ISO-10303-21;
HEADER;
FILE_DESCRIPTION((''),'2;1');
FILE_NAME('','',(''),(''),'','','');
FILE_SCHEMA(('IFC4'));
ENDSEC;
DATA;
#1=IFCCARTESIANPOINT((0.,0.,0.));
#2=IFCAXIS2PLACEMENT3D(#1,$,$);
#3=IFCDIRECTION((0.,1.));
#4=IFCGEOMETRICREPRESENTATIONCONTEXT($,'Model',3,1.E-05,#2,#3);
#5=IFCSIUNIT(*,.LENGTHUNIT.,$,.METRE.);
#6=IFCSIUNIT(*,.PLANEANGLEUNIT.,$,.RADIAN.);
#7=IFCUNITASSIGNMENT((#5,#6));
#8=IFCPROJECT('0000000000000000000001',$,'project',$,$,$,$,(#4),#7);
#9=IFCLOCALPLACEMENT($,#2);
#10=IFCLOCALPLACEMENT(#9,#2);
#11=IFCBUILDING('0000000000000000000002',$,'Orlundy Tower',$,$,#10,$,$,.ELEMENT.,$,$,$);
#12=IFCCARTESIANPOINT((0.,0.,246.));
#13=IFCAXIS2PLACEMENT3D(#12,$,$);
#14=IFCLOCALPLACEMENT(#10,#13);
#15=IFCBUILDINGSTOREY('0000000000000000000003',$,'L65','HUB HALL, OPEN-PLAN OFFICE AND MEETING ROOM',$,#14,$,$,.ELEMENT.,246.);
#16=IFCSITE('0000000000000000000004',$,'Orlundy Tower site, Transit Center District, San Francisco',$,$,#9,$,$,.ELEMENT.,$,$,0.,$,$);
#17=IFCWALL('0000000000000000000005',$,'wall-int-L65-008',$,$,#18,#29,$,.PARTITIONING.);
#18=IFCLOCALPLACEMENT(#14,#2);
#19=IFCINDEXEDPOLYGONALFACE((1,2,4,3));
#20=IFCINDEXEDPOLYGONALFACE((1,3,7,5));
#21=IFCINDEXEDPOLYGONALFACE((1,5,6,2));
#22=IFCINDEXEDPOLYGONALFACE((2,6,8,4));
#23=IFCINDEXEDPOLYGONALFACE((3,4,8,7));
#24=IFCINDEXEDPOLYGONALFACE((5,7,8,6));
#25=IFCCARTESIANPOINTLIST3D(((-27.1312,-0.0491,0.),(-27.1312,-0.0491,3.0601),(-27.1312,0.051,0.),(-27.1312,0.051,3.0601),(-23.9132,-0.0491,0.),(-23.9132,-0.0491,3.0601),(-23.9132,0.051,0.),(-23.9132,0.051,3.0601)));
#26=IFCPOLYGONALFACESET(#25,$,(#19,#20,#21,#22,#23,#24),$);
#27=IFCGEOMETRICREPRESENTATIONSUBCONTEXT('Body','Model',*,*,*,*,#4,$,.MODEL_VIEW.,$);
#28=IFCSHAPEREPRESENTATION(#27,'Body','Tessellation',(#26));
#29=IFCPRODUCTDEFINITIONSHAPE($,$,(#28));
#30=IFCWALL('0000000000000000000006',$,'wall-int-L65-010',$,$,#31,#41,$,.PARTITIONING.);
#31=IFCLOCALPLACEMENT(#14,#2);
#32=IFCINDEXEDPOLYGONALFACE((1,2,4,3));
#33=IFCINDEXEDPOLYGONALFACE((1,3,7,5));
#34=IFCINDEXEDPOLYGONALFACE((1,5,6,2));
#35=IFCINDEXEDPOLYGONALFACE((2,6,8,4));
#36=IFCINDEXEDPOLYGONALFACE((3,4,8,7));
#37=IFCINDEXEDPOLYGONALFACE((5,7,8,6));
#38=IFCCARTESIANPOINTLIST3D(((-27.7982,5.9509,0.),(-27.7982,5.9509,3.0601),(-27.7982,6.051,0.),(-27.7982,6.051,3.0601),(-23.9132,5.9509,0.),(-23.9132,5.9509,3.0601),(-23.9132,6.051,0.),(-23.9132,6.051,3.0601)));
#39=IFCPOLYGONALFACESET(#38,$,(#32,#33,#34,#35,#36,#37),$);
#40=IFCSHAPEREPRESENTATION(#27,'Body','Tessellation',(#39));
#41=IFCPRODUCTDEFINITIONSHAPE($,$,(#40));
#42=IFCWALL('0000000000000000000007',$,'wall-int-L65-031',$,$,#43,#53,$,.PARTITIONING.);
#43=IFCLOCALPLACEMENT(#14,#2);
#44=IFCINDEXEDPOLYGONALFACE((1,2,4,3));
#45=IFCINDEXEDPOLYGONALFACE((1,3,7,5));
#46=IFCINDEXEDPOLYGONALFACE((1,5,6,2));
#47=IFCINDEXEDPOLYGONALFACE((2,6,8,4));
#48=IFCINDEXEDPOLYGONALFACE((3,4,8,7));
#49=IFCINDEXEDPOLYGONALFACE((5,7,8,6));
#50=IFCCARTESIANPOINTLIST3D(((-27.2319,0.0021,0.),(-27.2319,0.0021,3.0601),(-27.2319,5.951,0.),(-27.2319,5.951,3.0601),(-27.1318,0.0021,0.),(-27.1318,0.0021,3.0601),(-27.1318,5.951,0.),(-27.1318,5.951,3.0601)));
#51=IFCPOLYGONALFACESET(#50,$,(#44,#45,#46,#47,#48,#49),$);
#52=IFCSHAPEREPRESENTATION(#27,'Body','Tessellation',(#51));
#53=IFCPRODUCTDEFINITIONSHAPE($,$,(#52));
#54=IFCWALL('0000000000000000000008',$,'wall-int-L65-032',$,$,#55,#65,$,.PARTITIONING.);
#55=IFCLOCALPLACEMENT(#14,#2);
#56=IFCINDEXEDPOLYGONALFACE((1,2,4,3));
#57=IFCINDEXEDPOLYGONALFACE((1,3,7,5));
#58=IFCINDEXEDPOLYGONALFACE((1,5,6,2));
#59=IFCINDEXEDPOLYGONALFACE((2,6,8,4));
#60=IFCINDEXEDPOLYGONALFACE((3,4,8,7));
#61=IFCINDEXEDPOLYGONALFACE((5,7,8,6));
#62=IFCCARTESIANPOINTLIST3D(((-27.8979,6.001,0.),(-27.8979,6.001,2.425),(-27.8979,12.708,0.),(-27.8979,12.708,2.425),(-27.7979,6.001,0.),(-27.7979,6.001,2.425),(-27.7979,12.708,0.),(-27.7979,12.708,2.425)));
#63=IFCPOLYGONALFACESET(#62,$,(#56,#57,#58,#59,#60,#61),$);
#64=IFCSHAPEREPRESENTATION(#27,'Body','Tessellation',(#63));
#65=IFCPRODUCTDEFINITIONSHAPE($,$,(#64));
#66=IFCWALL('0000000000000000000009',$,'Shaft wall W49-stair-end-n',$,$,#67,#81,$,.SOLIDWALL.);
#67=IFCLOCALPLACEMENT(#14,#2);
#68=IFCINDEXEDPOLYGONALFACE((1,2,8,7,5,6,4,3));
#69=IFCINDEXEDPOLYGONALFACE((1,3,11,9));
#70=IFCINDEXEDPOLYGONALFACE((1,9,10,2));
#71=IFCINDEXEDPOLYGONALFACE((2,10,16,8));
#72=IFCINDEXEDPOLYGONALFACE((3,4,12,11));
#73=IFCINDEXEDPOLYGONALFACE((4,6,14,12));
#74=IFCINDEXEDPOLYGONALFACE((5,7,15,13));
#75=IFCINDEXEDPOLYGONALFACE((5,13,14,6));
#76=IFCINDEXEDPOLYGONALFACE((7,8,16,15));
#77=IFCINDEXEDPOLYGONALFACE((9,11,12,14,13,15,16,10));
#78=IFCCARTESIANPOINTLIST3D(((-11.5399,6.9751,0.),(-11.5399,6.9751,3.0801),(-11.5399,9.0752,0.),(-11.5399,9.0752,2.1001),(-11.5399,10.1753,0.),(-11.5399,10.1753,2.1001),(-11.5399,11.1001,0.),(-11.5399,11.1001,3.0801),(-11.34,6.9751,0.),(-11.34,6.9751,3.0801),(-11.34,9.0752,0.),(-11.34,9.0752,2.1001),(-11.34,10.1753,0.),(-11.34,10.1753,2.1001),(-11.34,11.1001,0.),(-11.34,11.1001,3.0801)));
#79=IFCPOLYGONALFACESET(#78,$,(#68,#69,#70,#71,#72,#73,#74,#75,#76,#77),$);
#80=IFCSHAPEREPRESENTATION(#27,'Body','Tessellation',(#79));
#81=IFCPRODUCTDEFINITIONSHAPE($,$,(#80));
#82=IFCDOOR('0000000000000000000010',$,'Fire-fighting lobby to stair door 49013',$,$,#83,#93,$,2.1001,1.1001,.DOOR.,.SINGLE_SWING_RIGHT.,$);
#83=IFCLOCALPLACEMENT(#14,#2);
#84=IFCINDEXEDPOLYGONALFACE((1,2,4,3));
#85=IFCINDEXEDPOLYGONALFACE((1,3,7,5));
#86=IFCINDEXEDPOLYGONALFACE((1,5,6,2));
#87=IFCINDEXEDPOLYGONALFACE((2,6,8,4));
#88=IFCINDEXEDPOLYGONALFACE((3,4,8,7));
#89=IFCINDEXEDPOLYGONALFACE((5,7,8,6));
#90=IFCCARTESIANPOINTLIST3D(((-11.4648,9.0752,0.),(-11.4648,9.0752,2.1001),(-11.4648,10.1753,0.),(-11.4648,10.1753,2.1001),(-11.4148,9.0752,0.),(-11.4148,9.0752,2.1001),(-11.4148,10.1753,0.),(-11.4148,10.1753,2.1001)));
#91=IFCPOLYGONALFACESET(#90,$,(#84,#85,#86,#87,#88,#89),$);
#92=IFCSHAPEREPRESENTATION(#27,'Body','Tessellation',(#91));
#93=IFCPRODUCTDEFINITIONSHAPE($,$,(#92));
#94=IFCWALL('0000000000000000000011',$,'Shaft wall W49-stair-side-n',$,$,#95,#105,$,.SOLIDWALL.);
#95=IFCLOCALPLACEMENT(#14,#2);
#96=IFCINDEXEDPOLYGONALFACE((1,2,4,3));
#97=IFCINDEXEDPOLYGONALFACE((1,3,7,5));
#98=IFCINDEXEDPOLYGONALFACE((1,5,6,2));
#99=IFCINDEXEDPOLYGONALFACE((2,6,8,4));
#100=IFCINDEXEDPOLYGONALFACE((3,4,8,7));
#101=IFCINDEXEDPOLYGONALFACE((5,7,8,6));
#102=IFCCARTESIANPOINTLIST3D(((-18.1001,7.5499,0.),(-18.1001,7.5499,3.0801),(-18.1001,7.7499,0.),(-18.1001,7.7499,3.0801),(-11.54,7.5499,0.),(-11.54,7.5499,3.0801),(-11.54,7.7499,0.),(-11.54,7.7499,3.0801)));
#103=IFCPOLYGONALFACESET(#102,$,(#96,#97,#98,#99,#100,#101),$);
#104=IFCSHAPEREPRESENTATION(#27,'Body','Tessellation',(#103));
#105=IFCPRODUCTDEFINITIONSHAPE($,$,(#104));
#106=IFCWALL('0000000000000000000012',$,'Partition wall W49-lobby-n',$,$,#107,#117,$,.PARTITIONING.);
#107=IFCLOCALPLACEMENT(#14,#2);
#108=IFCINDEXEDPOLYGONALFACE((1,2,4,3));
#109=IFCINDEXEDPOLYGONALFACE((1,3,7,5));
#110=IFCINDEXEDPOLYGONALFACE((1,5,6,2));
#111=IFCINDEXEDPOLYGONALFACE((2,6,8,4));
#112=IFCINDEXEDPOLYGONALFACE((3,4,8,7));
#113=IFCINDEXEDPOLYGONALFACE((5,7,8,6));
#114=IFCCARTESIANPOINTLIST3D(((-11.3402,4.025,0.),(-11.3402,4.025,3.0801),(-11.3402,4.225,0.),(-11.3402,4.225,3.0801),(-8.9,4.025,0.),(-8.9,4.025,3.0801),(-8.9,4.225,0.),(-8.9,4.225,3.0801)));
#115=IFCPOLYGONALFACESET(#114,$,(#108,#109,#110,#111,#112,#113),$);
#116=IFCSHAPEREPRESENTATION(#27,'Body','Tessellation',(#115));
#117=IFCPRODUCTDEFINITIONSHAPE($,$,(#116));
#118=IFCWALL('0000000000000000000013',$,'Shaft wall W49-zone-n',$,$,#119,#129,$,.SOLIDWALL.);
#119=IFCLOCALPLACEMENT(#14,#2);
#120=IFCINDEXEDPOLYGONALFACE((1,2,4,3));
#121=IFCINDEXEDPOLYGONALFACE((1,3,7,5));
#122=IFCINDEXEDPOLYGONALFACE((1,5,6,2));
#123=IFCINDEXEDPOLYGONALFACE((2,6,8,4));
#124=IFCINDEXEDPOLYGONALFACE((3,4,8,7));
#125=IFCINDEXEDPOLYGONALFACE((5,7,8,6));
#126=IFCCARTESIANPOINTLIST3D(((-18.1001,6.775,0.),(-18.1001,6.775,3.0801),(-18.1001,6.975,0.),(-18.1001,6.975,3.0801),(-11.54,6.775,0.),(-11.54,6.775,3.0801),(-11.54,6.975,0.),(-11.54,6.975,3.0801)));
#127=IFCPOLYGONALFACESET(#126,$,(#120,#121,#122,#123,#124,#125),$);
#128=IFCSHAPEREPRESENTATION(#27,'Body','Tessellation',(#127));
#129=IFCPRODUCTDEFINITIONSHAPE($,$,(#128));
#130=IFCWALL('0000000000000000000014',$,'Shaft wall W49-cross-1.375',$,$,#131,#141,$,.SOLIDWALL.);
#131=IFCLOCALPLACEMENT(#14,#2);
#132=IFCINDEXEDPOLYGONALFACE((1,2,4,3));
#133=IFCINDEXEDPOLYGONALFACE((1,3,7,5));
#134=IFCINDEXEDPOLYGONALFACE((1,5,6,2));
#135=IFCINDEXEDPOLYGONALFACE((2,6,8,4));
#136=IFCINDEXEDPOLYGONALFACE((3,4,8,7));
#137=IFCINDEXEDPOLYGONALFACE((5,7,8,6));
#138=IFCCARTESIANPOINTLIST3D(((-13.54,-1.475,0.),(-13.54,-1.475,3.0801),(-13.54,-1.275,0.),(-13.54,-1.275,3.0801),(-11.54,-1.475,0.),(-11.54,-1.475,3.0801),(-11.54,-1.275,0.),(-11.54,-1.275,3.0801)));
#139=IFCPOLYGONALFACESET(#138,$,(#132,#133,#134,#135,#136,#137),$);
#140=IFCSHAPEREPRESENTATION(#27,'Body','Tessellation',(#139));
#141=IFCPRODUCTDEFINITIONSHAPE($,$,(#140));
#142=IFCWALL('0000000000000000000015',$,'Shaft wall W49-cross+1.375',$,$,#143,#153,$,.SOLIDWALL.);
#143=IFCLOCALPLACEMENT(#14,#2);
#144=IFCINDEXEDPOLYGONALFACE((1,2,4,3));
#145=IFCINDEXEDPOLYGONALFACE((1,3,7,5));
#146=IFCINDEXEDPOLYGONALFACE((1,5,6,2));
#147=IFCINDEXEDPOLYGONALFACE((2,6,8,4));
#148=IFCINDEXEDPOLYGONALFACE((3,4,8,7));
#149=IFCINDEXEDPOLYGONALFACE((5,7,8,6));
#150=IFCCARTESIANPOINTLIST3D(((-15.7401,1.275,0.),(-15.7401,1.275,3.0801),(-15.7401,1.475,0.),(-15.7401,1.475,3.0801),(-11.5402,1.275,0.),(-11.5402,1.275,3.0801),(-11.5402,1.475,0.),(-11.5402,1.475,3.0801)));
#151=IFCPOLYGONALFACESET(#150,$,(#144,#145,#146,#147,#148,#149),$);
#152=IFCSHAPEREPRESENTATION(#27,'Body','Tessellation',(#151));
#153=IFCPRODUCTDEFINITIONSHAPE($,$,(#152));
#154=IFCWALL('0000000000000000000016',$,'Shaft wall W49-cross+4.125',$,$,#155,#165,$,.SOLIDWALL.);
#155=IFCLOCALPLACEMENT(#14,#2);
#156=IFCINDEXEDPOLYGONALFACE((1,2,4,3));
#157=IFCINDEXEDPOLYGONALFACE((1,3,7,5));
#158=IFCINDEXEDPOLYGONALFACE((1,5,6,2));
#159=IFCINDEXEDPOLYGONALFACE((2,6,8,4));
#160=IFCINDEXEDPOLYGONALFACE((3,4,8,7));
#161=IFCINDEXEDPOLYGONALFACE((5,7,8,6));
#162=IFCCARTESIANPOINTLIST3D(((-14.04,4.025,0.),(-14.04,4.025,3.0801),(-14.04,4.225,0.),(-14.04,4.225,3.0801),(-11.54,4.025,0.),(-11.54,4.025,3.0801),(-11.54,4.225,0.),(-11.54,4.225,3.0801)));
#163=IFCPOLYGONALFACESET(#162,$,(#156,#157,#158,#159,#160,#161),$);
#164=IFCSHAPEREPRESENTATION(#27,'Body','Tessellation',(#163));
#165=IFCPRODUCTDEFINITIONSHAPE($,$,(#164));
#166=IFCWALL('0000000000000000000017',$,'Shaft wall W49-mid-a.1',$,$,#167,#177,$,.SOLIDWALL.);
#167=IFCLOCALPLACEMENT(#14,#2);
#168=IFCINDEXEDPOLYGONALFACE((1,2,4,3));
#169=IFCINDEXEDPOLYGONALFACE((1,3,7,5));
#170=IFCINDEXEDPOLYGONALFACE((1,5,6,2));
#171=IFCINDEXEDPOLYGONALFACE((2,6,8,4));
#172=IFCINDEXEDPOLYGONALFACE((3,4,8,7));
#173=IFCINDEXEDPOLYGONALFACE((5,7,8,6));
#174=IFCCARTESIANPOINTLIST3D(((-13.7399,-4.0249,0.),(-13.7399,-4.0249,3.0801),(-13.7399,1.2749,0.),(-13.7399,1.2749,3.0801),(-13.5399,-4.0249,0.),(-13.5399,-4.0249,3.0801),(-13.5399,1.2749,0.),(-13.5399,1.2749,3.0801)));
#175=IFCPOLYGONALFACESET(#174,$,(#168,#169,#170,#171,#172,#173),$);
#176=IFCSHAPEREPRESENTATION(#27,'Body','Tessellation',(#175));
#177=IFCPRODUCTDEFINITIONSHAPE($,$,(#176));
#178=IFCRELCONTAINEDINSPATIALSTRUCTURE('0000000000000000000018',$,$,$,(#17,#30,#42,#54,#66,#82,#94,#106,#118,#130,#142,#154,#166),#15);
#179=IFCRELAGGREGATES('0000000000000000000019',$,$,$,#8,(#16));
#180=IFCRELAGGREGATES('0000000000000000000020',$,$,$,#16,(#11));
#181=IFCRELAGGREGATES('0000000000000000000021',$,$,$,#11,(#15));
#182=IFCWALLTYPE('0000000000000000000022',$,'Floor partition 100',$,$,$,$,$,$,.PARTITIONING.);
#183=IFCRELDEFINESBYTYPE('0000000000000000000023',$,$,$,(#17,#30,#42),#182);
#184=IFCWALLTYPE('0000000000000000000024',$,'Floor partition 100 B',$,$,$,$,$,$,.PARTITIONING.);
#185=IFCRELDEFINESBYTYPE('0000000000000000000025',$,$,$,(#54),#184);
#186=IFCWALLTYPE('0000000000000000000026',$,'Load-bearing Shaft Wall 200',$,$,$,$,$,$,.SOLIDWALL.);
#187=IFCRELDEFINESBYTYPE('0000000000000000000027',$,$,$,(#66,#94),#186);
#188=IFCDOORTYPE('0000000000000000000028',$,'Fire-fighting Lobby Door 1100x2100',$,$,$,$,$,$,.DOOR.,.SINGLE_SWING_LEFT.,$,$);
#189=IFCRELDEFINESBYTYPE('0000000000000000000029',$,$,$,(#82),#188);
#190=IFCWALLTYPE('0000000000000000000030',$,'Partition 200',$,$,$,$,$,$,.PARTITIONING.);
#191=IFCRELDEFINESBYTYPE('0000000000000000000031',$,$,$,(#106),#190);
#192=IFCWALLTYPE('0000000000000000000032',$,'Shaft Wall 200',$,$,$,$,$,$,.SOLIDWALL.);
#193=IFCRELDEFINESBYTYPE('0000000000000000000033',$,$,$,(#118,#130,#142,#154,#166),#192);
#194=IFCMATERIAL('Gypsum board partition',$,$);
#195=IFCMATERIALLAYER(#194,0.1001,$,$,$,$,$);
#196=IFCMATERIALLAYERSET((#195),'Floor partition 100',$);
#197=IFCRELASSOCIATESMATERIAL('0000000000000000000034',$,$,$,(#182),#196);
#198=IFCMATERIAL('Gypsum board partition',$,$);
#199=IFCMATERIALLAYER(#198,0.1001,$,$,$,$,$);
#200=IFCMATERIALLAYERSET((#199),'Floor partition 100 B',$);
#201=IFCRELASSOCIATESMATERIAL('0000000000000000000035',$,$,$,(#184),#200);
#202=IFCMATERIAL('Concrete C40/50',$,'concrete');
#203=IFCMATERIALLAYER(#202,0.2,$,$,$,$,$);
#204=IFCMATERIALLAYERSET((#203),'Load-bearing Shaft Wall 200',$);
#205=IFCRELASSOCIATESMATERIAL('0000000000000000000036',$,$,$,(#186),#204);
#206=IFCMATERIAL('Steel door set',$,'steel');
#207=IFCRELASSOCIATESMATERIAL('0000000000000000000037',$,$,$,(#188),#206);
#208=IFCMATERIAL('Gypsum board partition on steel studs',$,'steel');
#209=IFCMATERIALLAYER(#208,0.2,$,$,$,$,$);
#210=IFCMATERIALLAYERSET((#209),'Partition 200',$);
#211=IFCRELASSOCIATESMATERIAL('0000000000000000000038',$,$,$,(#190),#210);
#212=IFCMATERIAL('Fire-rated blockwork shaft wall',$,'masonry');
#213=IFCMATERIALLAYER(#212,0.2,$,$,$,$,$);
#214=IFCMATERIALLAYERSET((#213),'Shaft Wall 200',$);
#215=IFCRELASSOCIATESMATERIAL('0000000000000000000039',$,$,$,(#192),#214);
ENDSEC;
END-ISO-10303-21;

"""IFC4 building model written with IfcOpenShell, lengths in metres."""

from ifc_helpers import new_model, si_unit, direction, frame, frame_2d, origin, place, context, subcontext, project, spatial, rectangle, extrude, material, layer, layer_set, type_object, element, fill, save


model = new_model("IFC4")

# Units and contexts
model_context = context("Model", 3, precision=1e-05, world=origin(), true_north=direction((0.0, 1.0)))
body_context = subcontext(model_context, "Body", "Model", "MODEL_VIEW")
ifc_project = project(units=[si_unit("LENGTHUNIT", "METRE"), si_unit("PLANEANGLEUNIT", "RADIAN")], contexts=[model_context])

# Site, building, storey
site_placement = place(None, origin())
site = spatial("IfcSite", under=ifc_project, at=site_placement, Name="Orlundy Tower site, Transit Center District, San Francisco", CompositionType="ELEMENT", RefElevation=0.0)
building_placement = place(site_placement, origin())
building = spatial("IfcBuilding", under=site, at=building_placement, Name="Orlundy Tower", CompositionType="ELEMENT")
storey_placement = place(building_placement, frame((0.0, 0.0, 246.0)))
storey = spatial("IfcBuildingStorey", under=building, at=storey_placement, Name="L65", Description="HUB HALL, OPEN-PLAN OFFICE AND MEETING ROOM", CompositionType="ELEMENT", Elevation=246.0)

# Walls
ifc_material_1 = material(Name="Gypsum board partition")
ifc_layer_1 = layer(ifc_material_1, 0.1001)
ifc_layer_set_1 = layer_set([ifc_layer_1], Name="Floor partition 100")
wall_type_1 = type_object("IfcWallType", Name="Floor partition 100", PredefinedType="PARTITIONING", material=ifc_layer_set_1)
wall_1_placement = place(storey_placement, frame((-27.1311, 0.001, 0.0), z_axis=(0.0, 0.0, 1.0), x_axis=(1.0, 0.0, 0.0)))
element("IfcWall", 1, at=wall_1_placement, inside=storey, type_object=wall_type_1, Name="wall-int-L65-008", PredefinedType="PARTITIONING", context=body_context, shape_type="SweptSolid", body=[
    extrude(rectangle(XDim=3.218, YDim=0.1001, at=frame_2d((1.6089, 0.0))), origin(), (0.0, 0.0, 1.0), 3.0601),
])
wall_2_placement = place(storey_placement, frame((-27.7981, 6.001, 0.0), z_axis=(0.0, 0.0, 1.0), x_axis=(1.0, 0.0, 0.0)))
element("IfcWall", 2, at=wall_2_placement, inside=storey, type_object=wall_type_1, Name="wall-int-L65-010", PredefinedType="PARTITIONING", context=body_context, shape_type="SweptSolid", body=[
    extrude(rectangle(XDim=3.885, YDim=0.1001, at=frame_2d((1.9424, 0.0))), origin(), (0.0, 0.0, 1.0), 3.0601),
])
wall_3_placement = place(storey_placement, frame((-27.1819, 0.002, 0.0), z_axis=(0.0, 0.0, 1.0), x_axis=(0.0, 1.0, 0.0)))
element("IfcWall", 3, at=wall_3_placement, inside=storey, type_object=wall_type_1, Name="wall-int-L65-031", PredefinedType="PARTITIONING", context=body_context, shape_type="SweptSolid", body=[
    extrude(rectangle(XDim=5.949, YDim=0.1001, at=frame_2d((2.9746, 0.0))), origin(), (0.0, 0.0, 1.0), 3.0601),
])
ifc_material_2 = material(Name="Gypsum board partition")
ifc_layer_2 = layer(ifc_material_2, 0.1001)
ifc_layer_set_2 = layer_set([ifc_layer_2], Name="Floor partition 100 B")
wall_type_2 = type_object("IfcWallType", Name="Floor partition 100 B", PredefinedType="PARTITIONING", material=ifc_layer_set_2)
wall_4_placement = place(storey_placement, frame((-27.8479, 6.001, 0.0), z_axis=(0.0, 0.0, 1.0), x_axis=(0.0, 1.0, 0.0)))
element("IfcWall", 4, at=wall_4_placement, inside=storey, type_object=wall_type_2, Name="wall-int-L65-032", PredefinedType="PARTITIONING", context=body_context, shape_type="SweptSolid", body=[
    extrude(rectangle(XDim=6.707, YDim=0.1001, at=frame_2d((3.3535, 0.0))), origin(), (0.0, 0.0, 1.0), 2.425),
])

# Wall, opening, door
ifc_material_3 = material(Name="Concrete C40/50", Category="concrete")
ifc_layer_3 = layer(ifc_material_3, 0.2)
ifc_layer_set_3 = layer_set([ifc_layer_3], Name="Load-bearing Shaft Wall 200")
wall_type_3 = type_object("IfcWallType", Name="Load-bearing Shaft Wall 200", PredefinedType="SOLIDWALL", material=ifc_layer_set_3)
wall_5_placement = place(storey_placement, frame((-11.4399, 6.9751, 0.0), z_axis=(0.0, 0.0, 1.0), x_axis=(0.0, 1.0, 0.0)))
wall_5 = element("IfcWall", 5, at=wall_5_placement, inside=storey, type_object=wall_type_3, Name="Shaft wall W49-stair-end-n", PredefinedType="SOLIDWALL", context=body_context, shape_type="SweptSolid", body=[
    extrude(rectangle(XDim=4.125, YDim=0.2, at=frame_2d((2.0625, 0.0))), origin(), (0.0, 0.0, 1.0), 3.0801),
])
opening_placement = place(wall_5_placement, frame((2.1001, 0.0, 0.0)))
opening = element("IfcOpeningElement", 6, at=opening_placement, cuts=wall_5, PredefinedType="OPENING", context=body_context, shape_type="SweptSolid", body=[
    extrude(rectangle(XDim=1.1001, YDim=2.1001, at=frame_2d((0.55, 1.05))), frame((0.0, 0.1101, 0.0), z_axis=(0.0, -1.0, 0.0), x_axis=(1.0, 0.0, 0.0)), (0.0, 0.0, 1.0), 0.2202),
])
ifc_material_4 = material(Name="Steel door set", Category="steel")
door_type = type_object("IfcDoorType", Name="Fire-fighting Lobby Door 1100x2100", OperationType="SINGLE_SWING_LEFT", PredefinedType="DOOR", material=ifc_material_4)
door_placement = place(opening_placement, origin())
door = element("IfcDoor", 7, at=door_placement, inside=storey, type_object=door_type, Name="Fire-fighting lobby to stair door 49013", OperationType="SINGLE_SWING_RIGHT", OverallHeight=2.1001, OverallWidth=1.1001, PredefinedType="DOOR", context=body_context, shape_type="SweptSolid", body=[
    extrude(rectangle(XDim=1.1001, YDim=2.1001, at=frame_2d((0.55, 1.05))), frame((0.0, 0.0249, 0.0), z_axis=(0.0, -1.0, 0.0), x_axis=(1.0, 0.0, 0.0)), (0.0, 0.0, 1.0), 0.05),
])
fill(opening, door)

# Walls
wall_6_placement = place(storey_placement, frame((-11.54, 7.6499, 0.0), z_axis=(0.0, 0.0, 1.0), x_axis=(-1.0, 0.0, 0.0)))
element("IfcWall", 8, at=wall_6_placement, inside=storey, type_object=wall_type_3, Name="Shaft wall W49-stair-side-n", PredefinedType="SOLIDWALL", context=body_context, shape_type="SweptSolid", body=[
    extrude(rectangle(XDim=6.5601, YDim=0.2, at=frame_2d((3.28, 0.0))), origin(), (0.0, 0.0, 1.0), 3.0801),
])
ifc_material_5 = material(Name="Gypsum board partition on steel studs", Category="steel")
ifc_layer_4 = layer(ifc_material_5, 0.2)
ifc_layer_set_4 = layer_set([ifc_layer_4], Name="Partition 200")
wall_type_4 = type_object("IfcWallType", Name="Partition 200", PredefinedType="PARTITIONING", material=ifc_layer_set_4)
wall_7_placement = place(storey_placement, frame((-8.8999, 4.125, 0.0), z_axis=(0.0, 0.0, 1.0), x_axis=(-1.0, 0.0, 0.0)))
element("IfcWall", 9, at=wall_7_placement, inside=storey, type_object=wall_type_4, Name="Partition wall W49-lobby-n", PredefinedType="PARTITIONING", context=body_context, shape_type="SweptSolid", body=[
    extrude(rectangle(XDim=2.4402, YDim=0.2, at=frame_2d((1.2202, 0.0))), origin(), (0.0, 0.0, 1.0), 3.0801),
])
ifc_material_6 = material(Name="Fire-rated blockwork shaft wall", Category="masonry")
ifc_layer_5 = layer(ifc_material_6, 0.2)
ifc_layer_set_5 = layer_set([ifc_layer_5], Name="Shaft Wall 200")
wall_type_5 = type_object("IfcWallType", Name="Shaft Wall 200", PredefinedType="SOLIDWALL", material=ifc_layer_set_5)
wall_8_placement = place(storey_placement, frame((-11.54, 6.875, 0.0), z_axis=(0.0, 0.0, 1.0), x_axis=(-1.0, 0.0, 0.0)))
element("IfcWall", 10, at=wall_8_placement, inside=storey, type_object=wall_type_5, Name="Shaft wall W49-zone-n", PredefinedType="SOLIDWALL", context=body_context, shape_type="SweptSolid", body=[
    extrude(rectangle(XDim=6.5601, YDim=0.2, at=frame_2d((3.28, 0.0))), origin(), (0.0, 0.0, 1.0), 3.0801),
])
wall_9_placement = place(storey_placement, frame((-11.54, -1.375, 0.0), z_axis=(0.0, 0.0, 1.0), x_axis=(-1.0, 0.0, 0.0)))
element("IfcWall", 11, at=wall_9_placement, inside=storey, type_object=wall_type_5, Name="Shaft wall W49-cross-1.375", PredefinedType="SOLIDWALL", context=body_context, shape_type="SweptSolid", body=[
    extrude(rectangle(XDim=2.0, YDim=0.2, at=frame_2d((1.0, 0.0))), origin(), (0.0, 0.0, 1.0), 3.0801),
])
wall_10_placement = place(storey_placement, frame((-11.54, 1.375, 0.0), z_axis=(0.0, 0.0, 1.0), x_axis=(-1.0, 0.0, 0.0)))
element("IfcWall", 12, at=wall_10_placement, inside=storey, type_object=wall_type_5, Name="Shaft wall W49-cross+1.375", PredefinedType="SOLIDWALL", context=body_context, shape_type="SweptSolid", body=[
    extrude(rectangle(XDim=4.2, YDim=0.2, at=frame_2d((2.1001, 0.0))), origin(), (0.0, 0.0, 1.0), 3.0801),
])
wall_11_placement = place(storey_placement, frame((-11.54, 4.125, 0.0), z_axis=(0.0, 0.0, 1.0), x_axis=(-1.0, 0.0, 0.0)))
element("IfcWall", 13, at=wall_11_placement, inside=storey, type_object=wall_type_5, Name="Shaft wall W49-cross+4.125", PredefinedType="SOLIDWALL", context=body_context, shape_type="SweptSolid", body=[
    extrude(rectangle(XDim=2.5, YDim=0.2, at=frame_2d((1.25, 0.0))), origin(), (0.0, 0.0, 1.0), 3.0801),
])
wall_12_placement = place(storey_placement, frame((-13.6399, -4.0249, 0.0), z_axis=(0.0, 0.0, 1.0), x_axis=(0.0, 1.0, 0.0)))
element("IfcWall", 14, at=wall_12_placement, inside=storey, type_object=wall_type_5, Name="Shaft wall W49-mid-a.1", PredefinedType="SOLIDWALL", context=body_context, shape_type="SweptSolid", body=[
    extrude(rectangle(XDim=5.2998, YDim=0.2, at=frame_2d((2.6499, 0.0))), origin(), (0.0, 0.0, 1.0), 3.0801),
])

save(model, "model.ifc")
